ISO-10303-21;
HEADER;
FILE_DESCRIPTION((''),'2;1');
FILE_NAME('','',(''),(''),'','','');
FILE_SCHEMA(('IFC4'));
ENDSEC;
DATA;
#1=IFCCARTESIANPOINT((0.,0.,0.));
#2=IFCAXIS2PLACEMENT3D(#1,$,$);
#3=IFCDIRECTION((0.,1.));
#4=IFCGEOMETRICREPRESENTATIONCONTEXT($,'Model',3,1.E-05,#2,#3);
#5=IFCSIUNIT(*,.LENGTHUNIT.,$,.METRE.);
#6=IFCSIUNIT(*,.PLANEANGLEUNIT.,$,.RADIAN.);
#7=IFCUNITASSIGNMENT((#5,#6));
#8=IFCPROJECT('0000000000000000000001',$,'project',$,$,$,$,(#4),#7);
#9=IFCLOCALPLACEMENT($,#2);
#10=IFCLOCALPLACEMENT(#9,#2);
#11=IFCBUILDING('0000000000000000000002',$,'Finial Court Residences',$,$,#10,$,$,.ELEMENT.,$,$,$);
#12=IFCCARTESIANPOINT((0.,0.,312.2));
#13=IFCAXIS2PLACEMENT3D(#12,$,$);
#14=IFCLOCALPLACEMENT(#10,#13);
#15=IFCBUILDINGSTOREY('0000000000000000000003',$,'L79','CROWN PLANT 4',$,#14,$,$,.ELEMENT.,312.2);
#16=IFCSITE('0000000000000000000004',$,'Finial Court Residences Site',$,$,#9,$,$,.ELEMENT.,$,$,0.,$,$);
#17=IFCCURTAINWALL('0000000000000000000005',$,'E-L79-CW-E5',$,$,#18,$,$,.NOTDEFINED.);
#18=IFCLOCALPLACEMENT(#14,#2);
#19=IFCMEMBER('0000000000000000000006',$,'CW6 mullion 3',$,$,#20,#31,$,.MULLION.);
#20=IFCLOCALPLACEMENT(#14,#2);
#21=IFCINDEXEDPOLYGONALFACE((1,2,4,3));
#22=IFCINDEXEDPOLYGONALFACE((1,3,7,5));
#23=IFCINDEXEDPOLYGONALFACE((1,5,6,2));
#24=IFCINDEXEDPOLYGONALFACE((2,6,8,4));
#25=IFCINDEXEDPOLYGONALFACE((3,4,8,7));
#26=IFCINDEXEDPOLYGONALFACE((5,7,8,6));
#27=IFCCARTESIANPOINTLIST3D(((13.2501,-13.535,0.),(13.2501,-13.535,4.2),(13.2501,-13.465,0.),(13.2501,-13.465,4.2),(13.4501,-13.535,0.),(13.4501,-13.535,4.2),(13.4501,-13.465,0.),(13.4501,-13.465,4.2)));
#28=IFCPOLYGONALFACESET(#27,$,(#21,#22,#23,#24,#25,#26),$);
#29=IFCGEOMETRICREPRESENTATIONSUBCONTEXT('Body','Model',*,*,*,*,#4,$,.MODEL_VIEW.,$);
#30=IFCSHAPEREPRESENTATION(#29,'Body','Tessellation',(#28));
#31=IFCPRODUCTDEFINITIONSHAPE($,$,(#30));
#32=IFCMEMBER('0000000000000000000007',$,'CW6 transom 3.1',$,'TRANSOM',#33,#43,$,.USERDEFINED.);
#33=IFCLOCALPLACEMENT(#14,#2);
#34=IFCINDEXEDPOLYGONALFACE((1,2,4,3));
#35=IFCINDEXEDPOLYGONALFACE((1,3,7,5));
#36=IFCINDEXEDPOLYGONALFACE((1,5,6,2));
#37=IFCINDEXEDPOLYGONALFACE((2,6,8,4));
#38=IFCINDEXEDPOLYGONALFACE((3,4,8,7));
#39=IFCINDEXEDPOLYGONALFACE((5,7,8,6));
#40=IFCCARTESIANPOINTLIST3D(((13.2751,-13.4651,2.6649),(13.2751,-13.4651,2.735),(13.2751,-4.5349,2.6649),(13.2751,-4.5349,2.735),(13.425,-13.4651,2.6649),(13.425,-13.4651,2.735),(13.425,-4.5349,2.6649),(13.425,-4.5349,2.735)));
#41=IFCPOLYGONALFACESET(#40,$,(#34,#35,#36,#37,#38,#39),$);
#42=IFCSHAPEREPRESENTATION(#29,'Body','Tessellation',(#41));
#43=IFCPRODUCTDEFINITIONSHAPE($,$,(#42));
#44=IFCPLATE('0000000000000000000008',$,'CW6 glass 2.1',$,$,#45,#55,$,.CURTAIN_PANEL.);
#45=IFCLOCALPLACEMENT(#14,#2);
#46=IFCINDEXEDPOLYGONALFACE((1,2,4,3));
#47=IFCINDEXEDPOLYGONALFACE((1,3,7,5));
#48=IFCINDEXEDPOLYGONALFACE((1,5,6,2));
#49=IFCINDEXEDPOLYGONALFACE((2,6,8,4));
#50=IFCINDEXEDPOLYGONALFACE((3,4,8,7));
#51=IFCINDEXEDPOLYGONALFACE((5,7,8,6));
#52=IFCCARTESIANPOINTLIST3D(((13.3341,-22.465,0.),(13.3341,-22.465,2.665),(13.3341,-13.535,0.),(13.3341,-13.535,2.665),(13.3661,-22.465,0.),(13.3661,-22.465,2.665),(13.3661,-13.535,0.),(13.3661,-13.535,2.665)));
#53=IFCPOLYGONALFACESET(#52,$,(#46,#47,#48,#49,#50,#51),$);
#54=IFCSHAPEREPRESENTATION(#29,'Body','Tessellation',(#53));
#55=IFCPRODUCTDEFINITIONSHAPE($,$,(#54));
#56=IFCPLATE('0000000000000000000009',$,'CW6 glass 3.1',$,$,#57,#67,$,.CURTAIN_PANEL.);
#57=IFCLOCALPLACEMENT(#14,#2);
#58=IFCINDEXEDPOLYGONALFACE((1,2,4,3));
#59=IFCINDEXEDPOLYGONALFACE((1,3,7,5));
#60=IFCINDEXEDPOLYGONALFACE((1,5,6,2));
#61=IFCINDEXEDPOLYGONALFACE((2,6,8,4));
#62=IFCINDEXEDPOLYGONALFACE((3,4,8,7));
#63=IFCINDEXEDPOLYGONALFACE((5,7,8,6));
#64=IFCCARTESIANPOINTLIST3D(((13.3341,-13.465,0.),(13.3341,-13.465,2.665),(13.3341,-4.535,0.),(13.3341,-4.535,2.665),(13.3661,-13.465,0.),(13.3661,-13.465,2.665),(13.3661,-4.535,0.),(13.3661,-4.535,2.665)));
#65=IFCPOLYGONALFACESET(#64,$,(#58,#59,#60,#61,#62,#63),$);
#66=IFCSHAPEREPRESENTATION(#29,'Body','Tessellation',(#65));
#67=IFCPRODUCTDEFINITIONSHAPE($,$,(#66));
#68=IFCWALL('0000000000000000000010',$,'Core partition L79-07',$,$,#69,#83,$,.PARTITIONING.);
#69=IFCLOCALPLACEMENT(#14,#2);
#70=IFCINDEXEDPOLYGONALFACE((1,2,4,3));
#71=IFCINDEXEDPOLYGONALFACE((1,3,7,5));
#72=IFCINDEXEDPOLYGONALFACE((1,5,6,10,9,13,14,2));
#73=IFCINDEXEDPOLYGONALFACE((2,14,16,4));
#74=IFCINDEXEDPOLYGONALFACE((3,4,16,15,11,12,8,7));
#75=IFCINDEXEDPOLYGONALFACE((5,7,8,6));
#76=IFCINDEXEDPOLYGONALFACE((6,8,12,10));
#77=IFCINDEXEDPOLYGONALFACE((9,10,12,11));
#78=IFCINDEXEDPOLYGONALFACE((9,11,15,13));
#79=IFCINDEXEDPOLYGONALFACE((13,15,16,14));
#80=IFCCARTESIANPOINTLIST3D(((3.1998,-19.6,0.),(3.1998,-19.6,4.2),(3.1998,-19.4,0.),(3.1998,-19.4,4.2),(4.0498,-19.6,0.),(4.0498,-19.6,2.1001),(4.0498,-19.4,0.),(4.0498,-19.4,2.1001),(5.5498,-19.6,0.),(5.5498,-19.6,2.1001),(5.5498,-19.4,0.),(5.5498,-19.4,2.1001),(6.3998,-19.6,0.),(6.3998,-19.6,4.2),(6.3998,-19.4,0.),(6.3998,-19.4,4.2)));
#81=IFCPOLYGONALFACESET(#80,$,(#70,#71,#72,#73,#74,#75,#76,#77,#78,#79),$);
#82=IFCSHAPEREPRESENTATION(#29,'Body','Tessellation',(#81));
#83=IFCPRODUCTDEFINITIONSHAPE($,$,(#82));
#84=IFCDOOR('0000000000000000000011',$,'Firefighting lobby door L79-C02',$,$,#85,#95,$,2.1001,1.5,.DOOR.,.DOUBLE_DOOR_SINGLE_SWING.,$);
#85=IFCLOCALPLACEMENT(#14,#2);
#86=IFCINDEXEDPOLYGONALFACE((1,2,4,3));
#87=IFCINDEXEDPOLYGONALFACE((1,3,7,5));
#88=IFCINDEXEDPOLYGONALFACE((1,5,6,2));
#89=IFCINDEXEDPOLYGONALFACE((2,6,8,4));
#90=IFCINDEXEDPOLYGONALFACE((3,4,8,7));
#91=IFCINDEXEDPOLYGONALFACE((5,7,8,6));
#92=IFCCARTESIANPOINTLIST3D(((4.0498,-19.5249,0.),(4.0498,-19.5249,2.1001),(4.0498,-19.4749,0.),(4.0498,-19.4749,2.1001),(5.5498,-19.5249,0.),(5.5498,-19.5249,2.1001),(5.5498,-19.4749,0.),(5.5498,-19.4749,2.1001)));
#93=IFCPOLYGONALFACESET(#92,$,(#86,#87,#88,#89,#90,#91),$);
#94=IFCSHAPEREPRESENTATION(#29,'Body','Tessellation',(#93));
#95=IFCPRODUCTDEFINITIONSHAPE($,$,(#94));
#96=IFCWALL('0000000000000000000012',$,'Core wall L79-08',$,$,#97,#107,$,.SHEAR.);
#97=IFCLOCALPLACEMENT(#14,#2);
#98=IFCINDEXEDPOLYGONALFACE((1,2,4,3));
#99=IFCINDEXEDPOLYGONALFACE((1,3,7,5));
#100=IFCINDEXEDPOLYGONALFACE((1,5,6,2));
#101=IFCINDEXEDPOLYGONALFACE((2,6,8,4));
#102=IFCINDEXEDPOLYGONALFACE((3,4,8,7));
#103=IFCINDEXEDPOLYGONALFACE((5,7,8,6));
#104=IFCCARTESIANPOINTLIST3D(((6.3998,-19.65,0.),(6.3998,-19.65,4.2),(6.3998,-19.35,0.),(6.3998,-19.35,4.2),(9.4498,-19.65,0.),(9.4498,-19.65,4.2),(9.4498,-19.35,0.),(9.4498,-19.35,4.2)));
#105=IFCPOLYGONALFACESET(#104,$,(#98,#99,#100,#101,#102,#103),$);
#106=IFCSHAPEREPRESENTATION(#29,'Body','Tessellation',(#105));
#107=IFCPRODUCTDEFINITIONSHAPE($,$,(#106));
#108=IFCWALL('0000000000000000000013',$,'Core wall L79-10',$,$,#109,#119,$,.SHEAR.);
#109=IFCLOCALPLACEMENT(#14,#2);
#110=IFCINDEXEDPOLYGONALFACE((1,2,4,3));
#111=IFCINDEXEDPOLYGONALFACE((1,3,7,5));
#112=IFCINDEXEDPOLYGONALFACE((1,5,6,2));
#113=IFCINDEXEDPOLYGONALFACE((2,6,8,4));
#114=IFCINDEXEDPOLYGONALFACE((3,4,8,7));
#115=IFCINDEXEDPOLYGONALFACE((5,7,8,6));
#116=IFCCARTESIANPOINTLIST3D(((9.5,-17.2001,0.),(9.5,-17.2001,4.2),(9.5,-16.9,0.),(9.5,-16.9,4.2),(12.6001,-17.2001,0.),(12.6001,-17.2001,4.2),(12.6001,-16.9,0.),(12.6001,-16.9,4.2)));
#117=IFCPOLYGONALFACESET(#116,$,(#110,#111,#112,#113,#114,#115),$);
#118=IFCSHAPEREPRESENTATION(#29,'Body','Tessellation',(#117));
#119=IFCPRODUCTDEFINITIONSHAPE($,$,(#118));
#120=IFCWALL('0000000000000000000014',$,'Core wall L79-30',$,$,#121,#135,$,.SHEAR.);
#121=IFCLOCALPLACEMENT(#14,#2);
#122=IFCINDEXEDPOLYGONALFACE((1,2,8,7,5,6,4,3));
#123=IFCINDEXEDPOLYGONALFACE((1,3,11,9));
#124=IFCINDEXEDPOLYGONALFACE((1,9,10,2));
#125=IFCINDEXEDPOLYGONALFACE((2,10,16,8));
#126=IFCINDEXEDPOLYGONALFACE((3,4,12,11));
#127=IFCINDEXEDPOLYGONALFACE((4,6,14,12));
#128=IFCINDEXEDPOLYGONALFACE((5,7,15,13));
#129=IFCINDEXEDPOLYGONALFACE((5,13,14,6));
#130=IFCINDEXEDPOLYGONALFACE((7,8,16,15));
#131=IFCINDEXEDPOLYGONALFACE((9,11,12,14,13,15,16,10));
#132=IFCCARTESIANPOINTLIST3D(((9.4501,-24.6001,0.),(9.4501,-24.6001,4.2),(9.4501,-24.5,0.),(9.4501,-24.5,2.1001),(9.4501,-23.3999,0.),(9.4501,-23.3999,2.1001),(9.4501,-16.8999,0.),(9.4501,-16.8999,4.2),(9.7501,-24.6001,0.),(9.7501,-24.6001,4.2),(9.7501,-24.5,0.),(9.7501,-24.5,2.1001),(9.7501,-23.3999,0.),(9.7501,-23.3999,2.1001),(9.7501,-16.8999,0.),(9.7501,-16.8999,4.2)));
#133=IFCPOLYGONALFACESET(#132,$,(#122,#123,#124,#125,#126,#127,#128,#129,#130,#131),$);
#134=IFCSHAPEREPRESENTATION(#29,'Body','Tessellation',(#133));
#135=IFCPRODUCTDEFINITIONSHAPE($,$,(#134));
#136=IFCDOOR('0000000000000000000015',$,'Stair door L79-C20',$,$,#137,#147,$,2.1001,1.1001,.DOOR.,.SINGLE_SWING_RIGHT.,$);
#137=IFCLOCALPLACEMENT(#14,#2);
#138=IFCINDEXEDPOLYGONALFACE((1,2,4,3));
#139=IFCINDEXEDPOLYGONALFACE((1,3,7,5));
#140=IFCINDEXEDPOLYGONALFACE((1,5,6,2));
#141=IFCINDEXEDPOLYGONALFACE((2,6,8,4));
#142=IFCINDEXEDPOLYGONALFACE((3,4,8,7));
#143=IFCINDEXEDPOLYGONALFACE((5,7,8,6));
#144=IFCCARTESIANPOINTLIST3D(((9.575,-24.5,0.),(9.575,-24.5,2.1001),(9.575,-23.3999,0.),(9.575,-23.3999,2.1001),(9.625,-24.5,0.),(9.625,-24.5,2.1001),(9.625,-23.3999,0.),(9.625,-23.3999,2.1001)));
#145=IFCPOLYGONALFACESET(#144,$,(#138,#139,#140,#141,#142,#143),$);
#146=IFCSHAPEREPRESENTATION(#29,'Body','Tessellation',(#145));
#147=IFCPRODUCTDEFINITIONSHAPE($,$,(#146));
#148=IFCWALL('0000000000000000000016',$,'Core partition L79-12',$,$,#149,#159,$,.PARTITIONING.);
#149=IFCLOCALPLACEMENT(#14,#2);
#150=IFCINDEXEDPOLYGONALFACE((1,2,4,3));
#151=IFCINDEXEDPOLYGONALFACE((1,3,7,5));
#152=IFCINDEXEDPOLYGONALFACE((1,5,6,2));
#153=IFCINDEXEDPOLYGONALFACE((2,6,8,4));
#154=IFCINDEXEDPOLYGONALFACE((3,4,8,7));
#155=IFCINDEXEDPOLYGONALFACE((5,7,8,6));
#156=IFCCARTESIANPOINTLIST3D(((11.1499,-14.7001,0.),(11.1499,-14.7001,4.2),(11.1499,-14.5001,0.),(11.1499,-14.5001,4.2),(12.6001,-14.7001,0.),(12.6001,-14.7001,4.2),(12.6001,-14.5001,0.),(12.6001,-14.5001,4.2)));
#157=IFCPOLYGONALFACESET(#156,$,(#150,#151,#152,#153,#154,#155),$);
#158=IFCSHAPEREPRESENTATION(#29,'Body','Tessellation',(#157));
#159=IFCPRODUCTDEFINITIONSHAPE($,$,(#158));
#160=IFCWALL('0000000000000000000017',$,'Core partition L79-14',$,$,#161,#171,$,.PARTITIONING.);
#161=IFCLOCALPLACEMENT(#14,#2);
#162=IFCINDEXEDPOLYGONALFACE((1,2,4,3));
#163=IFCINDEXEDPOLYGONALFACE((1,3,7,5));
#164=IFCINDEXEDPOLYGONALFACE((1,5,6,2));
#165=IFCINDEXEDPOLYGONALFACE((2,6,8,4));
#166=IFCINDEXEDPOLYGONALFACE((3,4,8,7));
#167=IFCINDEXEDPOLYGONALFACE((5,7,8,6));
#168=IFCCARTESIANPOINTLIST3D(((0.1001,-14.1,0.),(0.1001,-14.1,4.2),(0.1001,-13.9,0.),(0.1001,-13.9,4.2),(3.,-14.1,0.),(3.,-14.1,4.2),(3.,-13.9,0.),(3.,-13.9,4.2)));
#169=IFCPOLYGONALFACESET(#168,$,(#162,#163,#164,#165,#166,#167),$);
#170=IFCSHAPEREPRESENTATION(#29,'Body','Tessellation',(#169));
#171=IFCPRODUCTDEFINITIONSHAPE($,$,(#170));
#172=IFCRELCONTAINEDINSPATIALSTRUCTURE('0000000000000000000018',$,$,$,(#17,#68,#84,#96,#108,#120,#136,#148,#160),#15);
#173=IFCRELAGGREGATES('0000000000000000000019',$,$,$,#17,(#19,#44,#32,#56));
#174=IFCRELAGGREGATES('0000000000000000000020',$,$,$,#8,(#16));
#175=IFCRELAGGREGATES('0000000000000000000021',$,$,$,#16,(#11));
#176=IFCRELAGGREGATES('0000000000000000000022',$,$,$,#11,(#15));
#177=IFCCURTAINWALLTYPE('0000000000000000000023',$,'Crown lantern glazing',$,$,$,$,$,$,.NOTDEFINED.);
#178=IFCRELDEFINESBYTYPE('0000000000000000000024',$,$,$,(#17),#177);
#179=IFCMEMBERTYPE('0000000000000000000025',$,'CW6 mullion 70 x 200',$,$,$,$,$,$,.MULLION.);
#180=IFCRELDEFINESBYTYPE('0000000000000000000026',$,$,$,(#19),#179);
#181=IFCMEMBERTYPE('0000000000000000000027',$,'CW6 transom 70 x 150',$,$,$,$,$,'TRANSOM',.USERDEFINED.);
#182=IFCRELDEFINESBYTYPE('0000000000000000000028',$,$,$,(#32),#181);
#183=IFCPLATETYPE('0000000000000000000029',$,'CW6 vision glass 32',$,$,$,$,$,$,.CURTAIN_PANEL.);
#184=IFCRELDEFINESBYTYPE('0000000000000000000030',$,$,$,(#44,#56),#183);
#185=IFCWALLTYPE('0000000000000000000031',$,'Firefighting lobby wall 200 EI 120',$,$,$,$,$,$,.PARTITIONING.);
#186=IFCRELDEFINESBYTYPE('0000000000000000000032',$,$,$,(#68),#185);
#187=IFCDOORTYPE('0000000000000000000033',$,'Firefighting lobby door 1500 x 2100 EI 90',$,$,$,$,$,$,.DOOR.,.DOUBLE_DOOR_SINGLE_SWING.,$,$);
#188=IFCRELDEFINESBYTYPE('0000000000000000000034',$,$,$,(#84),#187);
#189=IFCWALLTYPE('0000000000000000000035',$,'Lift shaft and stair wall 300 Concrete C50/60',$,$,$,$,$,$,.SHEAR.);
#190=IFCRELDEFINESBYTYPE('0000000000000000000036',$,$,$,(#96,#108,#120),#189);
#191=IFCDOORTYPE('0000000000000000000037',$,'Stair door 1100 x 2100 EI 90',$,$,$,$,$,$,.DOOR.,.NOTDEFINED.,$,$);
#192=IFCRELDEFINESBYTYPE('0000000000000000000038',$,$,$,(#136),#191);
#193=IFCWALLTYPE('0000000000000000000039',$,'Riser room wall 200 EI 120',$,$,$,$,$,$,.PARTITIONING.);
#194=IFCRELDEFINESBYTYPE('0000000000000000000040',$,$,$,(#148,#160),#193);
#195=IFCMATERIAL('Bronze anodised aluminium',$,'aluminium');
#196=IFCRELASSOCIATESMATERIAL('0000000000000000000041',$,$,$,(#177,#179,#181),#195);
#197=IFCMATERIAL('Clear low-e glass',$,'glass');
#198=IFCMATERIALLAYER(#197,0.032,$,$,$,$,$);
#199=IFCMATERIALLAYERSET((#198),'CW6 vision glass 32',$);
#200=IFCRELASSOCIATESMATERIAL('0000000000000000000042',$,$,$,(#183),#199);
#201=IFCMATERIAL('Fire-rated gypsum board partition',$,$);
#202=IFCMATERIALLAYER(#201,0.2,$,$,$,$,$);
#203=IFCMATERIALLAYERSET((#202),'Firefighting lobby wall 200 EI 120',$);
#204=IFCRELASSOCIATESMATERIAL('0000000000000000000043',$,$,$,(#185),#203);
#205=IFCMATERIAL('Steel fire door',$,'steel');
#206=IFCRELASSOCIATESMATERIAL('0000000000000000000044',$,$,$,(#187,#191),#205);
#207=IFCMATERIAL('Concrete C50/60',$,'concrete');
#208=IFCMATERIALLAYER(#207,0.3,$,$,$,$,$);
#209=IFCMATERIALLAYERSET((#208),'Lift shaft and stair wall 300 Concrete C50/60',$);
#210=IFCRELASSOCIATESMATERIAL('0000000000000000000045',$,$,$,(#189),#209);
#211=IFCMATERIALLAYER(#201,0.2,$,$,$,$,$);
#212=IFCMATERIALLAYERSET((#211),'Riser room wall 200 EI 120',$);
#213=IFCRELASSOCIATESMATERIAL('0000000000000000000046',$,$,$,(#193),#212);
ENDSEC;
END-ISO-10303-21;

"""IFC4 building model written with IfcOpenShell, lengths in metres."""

from ifc_helpers import new_model, si_unit, direction, frame, frame_2d, origin, origin_2d, place, context, subcontext, project, spatial, rectangle, extrude, material, layer, layer_set, material_profile, profile_set, type_object, element, fill, aggregate, save


model = new_model("IFC4")

# Units and contexts
model_context = context("Model", 3, precision=1e-05, world=origin(), true_north=direction((0.0, 1.0)))
body_context = subcontext(model_context, "Body", "Model", "MODEL_VIEW")
ifc_project = project(units=[si_unit("LENGTHUNIT", "METRE"), si_unit("PLANEANGLEUNIT", "RADIAN")], contexts=[model_context])

# Site, building, storey
site_placement = place(None, origin())
site = spatial("IfcSite", under=ifc_project, at=site_placement, Name="Finial Court Residences Site", CompositionType="ELEMENT", RefElevation=0.0)
building_placement = place(site_placement, origin())
building = spatial("IfcBuilding", under=site, at=building_placement, Name="Finial Court Residences", CompositionType="ELEMENT")
storey_placement = place(building_placement, frame((0.0, 0.0, 312.2)))
storey = spatial("IfcBuildingStorey", under=building, at=storey_placement, Name="L79", Description="CROWN PLANT 4", CompositionType="ELEMENT", Elevation=312.2)

# Curtain wall, members, plates
ifc_material_1 = material(Name="Bronze anodised aluminium", Category="aluminium")
curtain_wall_type = type_object("IfcCurtainWallType", Name="Crown lantern glazing", PredefinedType="NOTDEFINED", material=ifc_material_1)
curtain_wall_placement = place(storey_placement, origin())
curtain_wall = element("IfcCurtainWall", 1, at=curtain_wall_placement, inside=storey, type_object=curtain_wall_type, Name="E-L79-CW-E5", PredefinedType="NOTDEFINED")
ifc_material_profile_1 = material_profile(ifc_material_1, rectangle(XDim=0.2, YDim=0.0701, at=origin_2d()), Name="CW6 mullion 70 x 200")
ifc_profile_set_1 = profile_set([ifc_material_profile_1], Name="Bronze anodised aluminium")
member_type_1 = type_object("IfcMemberType", Name="CW6 mullion 70 x 200", PredefinedType="MULLION", material=ifc_profile_set_1)
member_1_placement = place(storey_placement, frame((13.3501, -13.5, 0.0), z_axis=(0.0, 0.0, 1.0), x_axis=(-1.0, 0.0, 0.0)))
member_1 = element("IfcMember", 2, at=member_1_placement, type_object=member_type_1, Name="CW6 mullion 3", PredefinedType="MULLION", context=body_context, shape_type="SweptSolid", body=[
    extrude(rectangle(XDim=0.2, YDim=0.0701, at=origin_2d()), origin(), (0.0, 0.0, 1.0), 4.2),
])
ifc_material_profile_2 = material_profile(ifc_material_1, rectangle(XDim=0.1499, YDim=0.0701, at=origin_2d()), Name="CW6 transom 70 x 150")
ifc_profile_set_2 = profile_set([ifc_material_profile_2], Name="Bronze anodised aluminium")
member_type_2 = type_object("IfcMemberType", Name="CW6 transom 70 x 150", ElementType="TRANSOM", PredefinedType="USERDEFINED", material=ifc_profile_set_2)
member_2_placement = place(storey_placement, frame((13.3501, -13.4651, 2.7), z_axis=(0.0, 1.0, 0.0), x_axis=(-1.0, 0.0, 0.0)))
member_2 = element("IfcMember", 3, at=member_2_placement, type_object=member_type_2, Name="CW6 transom 3.1", ObjectType="TRANSOM", PredefinedType="USERDEFINED", context=body_context, shape_type="SweptSolid", body=[
    extrude(rectangle(XDim=0.1499, YDim=0.0701, at=origin_2d()), origin(), (0.0, 0.0, 1.0), 8.9302),
])
ifc_material_2 = material(Name="Clear low-e glass", Category="glass")
ifc_layer_1 = layer(ifc_material_2, 0.032)
ifc_layer_set_1 = layer_set([ifc_layer_1], Name="CW6 vision glass 32")
plate_type = type_object("IfcPlateType", Name="CW6 vision glass 32", PredefinedType="CURTAIN_PANEL", material=ifc_layer_set_1)
plate_1_placement = place(storey_placement, frame((13.3501, -18.0, 0.0), z_axis=(0.0, 0.0, 1.0), x_axis=(0.0, 1.0, 0.0)))
plate_1 = element("IfcPlate", 4, at=plate_1_placement, type_object=plate_type, Name="CW6 glass 2.1", PredefinedType="CURTAIN_PANEL", context=body_context, shape_type="SweptSolid", body=[
    extrude(rectangle(XDim=8.9299, YDim=0.032, at=origin_2d()), origin(), (0.0, 0.0, 1.0), 2.665),
])
plate_2_placement = place(storey_placement, frame((13.3501, -9.0, 0.0), z_axis=(0.0, 0.0, 1.0), x_axis=(0.0, 1.0, 0.0)))
plate_2 = element("IfcPlate", 5, at=plate_2_placement, type_object=plate_type, Name="CW6 glass 3.1", PredefinedType="CURTAIN_PANEL", context=body_context, shape_type="SweptSolid", body=[
    extrude(rectangle(XDim=8.9299, YDim=0.032, at=origin_2d()), origin(), (0.0, 0.0, 1.0), 2.665),
])

# Wall, opening, door
ifc_material_3 = material(Name="Fire-rated gypsum board partition")
ifc_layer_2 = layer(ifc_material_3, 0.2)
ifc_layer_set_2 = layer_set([ifc_layer_2], Name="Firefighting lobby wall 200 EI 120")
wall_type_1 = type_object("IfcWallType", Name="Firefighting lobby wall 200 EI 120", PredefinedType="PARTITIONING", material=ifc_layer_set_2)
wall_1_placement = place(storey_placement, frame((6.3999, -19.5, 0.0), z_axis=(0.0, 0.0, 1.0), x_axis=(-1.0, 0.0, 0.0)))
wall_1 = element("IfcWall", 6, at=wall_1_placement, inside=storey, type_object=wall_type_1, Name="Core partition L79-07", PredefinedType="PARTITIONING", context=body_context, shape_type="SweptSolid", body=[
    extrude(rectangle(XDim=3.2, YDim=0.2, at=frame_2d((1.6001, 0.0))), origin(), (0.0, 0.0, 1.0), 4.2),
])
opening_1_placement = place(wall_1_placement, frame((0.8501, 0.0, 0.0)))
opening_1 = element("IfcOpeningElement", 7, at=opening_1_placement, cuts=wall_1, PredefinedType="OPENING", context=body_context, shape_type="SweptSolid", body=[
    extrude(rectangle(XDim=1.5, YDim=2.1001, at=frame_2d((0.75, 1.05))), frame((0.0, 0.1099, 0.0), z_axis=(0.0, -1.0, 0.0), x_axis=(1.0, 0.0, 0.0)), (0.0, 0.0, 1.0), 0.22),
])
ifc_material_4 = material(Name="Steel fire door", Category="steel")
door_type_1 = type_object("IfcDoorType", Name="Firefighting lobby door 1500 x 2100 EI 90", OperationType="DOUBLE_DOOR_SINGLE_SWING", PredefinedType="DOOR", material=ifc_material_4)
door_1_placement = place(opening_1_placement, origin())
door_1 = element("IfcDoor", 8, at=door_1_placement, inside=storey, type_object=door_type_1, Name="Firefighting lobby door L79-C02", OperationType="DOUBLE_DOOR_SINGLE_SWING", OverallHeight=2.1001, OverallWidth=1.5, PredefinedType="DOOR", context=body_context, shape_type="SweptSolid", body=[
    extrude(rectangle(XDim=1.5, YDim=2.1001, at=frame_2d((0.75, 1.05))), frame((0.0, 0.0249, 0.0), z_axis=(0.0, -1.0, 0.0), x_axis=(1.0, 0.0, 0.0)), (0.0, 0.0, 1.0), 0.05),
])
fill(opening_1, door_1)

# Walls
ifc_material_5 = material(Name="Concrete C50/60", Category="concrete")
ifc_layer_3 = layer(ifc_material_5, 0.3)
ifc_layer_set_3 = layer_set([ifc_layer_3], Name="Lift shaft and stair wall 300 Concrete C50/60")
wall_type_2 = type_object("IfcWallType", Name="Lift shaft and stair wall 300 Concrete C50/60", PredefinedType="SHEAR", material=ifc_layer_set_3)
wall_2_placement = place(storey_placement, frame((6.3999, -19.5, 0.0), z_axis=(0.0, 0.0, 1.0), x_axis=(1.0, 0.0, 0.0)))
element("IfcWall", 9, at=wall_2_placement, inside=storey, type_object=wall_type_2, Name="Core wall L79-08", PredefinedType="SHEAR", context=body_context, shape_type="SweptSolid", body=[
    extrude(rectangle(XDim=3.05, YDim=0.3, at=frame_2d((1.5249, 0.0))), origin(), (0.0, 0.0, 1.0), 4.2),
])
wall_3_placement = place(storey_placement, frame((9.5, -17.05, 0.0), z_axis=(0.0, 0.0, 1.0), x_axis=(1.0, 0.0, 0.0)))
element("IfcWall", 10, at=wall_3_placement, inside=storey, type_object=wall_type_2, Name="Core wall L79-10", PredefinedType="SHEAR", context=body_context, shape_type="SweptSolid", body=[
    extrude(rectangle(XDim=3.1001, YDim=0.3, at=frame_2d((1.55, 0.0))), origin(), (0.0, 0.0, 1.0), 4.2),
])

# Wall, opening, door
wall_4_placement = place(storey_placement, frame((9.6001, -16.8999, 0.0), z_axis=(0.0, 0.0, 1.0), x_axis=(0.0, -1.0, 0.0)))
wall_4 = element("IfcWall", 11, at=wall_4_placement, inside=storey, type_object=wall_type_2, Name="Core wall L79-30", PredefinedType="SHEAR", context=body_context, shape_type="SweptSolid", body=[
    extrude(rectangle(XDim=7.7002, YDim=0.3, at=frame_2d((3.8501, 0.0))), origin(), (0.0, 0.0, 1.0), 4.2),
])
opening_2_placement = place(wall_4_placement, frame((6.5, 0.0, 0.0)))
opening_2 = element("IfcOpeningElement", 12, at=opening_2_placement, cuts=wall_4, PredefinedType="OPENING", context=body_context, shape_type="SweptSolid", body=[
    extrude(rectangle(XDim=1.1001, YDim=2.1001, at=frame_2d((0.55, 1.05))), frame((0.0, 0.1599, 0.0), z_axis=(0.0, -1.0, 0.0), x_axis=(1.0, 0.0, 0.0)), (0.0, 0.0, 1.0), 0.3201),
])
door_type_2 = type_object("IfcDoorType", Name="Stair door 1100 x 2100 EI 90", OperationType="NOTDEFINED", PredefinedType="DOOR", material=ifc_material_4)
door_2_placement = place(opening_2_placement, origin())
door_2 = element("IfcDoor", 13, at=door_2_placement, inside=storey, type_object=door_type_2, Name="Stair door L79-C20", OperationType="SINGLE_SWING_RIGHT", OverallHeight=2.1001, OverallWidth=1.1001, PredefinedType="DOOR", context=body_context, shape_type="SweptSolid", body=[
    extrude(rectangle(XDim=1.1001, YDim=2.1001, at=frame_2d((0.55, 1.05))), frame((0.0, 0.0249, 0.0), z_axis=(0.0, -1.0, 0.0), x_axis=(1.0, 0.0, 0.0)), (0.0, 0.0, 1.0), 0.05),
])
fill(opening_2, door_2)

# Walls
ifc_layer_4 = layer(ifc_material_3, 0.2)
ifc_layer_set_4 = layer_set([ifc_layer_4], Name="Riser room wall 200 EI 120")
wall_type_3 = type_object("IfcWallType", Name="Riser room wall 200 EI 120", PredefinedType="PARTITIONING", material=ifc_layer_set_4)
wall_5_placement = place(storey_placement, frame((11.1499, -14.6001, 0.0), z_axis=(0.0, 0.0, 1.0), x_axis=(1.0, 0.0, 0.0)))
element("IfcWall", 14, at=wall_5_placement, inside=storey, type_object=wall_type_3, Name="Core partition L79-12", PredefinedType="PARTITIONING", context=body_context, shape_type="SweptSolid", body=[
    extrude(rectangle(XDim=1.4502, YDim=0.2, at=frame_2d((0.7251, 0.0))), origin(), (0.0, 0.0, 1.0), 4.2),
])
for number, where, z_axis, x_axis, name in (
    (15, (0.1001, -14.0, 0.0), (0.0, 0.0, 1.0), (1.0, 0.0, 0.0), "Core partition L79-14"),
):
    element("IfcWall", number, at=place(storey_placement, frame(where, z_axis=z_axis, x_axis=x_axis)), inside=storey, type_object=wall_type_3, Name=name, PredefinedType="PARTITIONING", context=body_context, shape_type="SweptSolid", body=[
        extrude(rectangle(XDim=2.8999, YDim=0.2, at=frame_2d((1.45, 0.0))), origin(), (0.0, 0.0, 1.0), 4.2),
    ])

aggregate(curtain_wall, [member_1, plate_1, member_2, plate_2])

save(model, "model.ifc")
